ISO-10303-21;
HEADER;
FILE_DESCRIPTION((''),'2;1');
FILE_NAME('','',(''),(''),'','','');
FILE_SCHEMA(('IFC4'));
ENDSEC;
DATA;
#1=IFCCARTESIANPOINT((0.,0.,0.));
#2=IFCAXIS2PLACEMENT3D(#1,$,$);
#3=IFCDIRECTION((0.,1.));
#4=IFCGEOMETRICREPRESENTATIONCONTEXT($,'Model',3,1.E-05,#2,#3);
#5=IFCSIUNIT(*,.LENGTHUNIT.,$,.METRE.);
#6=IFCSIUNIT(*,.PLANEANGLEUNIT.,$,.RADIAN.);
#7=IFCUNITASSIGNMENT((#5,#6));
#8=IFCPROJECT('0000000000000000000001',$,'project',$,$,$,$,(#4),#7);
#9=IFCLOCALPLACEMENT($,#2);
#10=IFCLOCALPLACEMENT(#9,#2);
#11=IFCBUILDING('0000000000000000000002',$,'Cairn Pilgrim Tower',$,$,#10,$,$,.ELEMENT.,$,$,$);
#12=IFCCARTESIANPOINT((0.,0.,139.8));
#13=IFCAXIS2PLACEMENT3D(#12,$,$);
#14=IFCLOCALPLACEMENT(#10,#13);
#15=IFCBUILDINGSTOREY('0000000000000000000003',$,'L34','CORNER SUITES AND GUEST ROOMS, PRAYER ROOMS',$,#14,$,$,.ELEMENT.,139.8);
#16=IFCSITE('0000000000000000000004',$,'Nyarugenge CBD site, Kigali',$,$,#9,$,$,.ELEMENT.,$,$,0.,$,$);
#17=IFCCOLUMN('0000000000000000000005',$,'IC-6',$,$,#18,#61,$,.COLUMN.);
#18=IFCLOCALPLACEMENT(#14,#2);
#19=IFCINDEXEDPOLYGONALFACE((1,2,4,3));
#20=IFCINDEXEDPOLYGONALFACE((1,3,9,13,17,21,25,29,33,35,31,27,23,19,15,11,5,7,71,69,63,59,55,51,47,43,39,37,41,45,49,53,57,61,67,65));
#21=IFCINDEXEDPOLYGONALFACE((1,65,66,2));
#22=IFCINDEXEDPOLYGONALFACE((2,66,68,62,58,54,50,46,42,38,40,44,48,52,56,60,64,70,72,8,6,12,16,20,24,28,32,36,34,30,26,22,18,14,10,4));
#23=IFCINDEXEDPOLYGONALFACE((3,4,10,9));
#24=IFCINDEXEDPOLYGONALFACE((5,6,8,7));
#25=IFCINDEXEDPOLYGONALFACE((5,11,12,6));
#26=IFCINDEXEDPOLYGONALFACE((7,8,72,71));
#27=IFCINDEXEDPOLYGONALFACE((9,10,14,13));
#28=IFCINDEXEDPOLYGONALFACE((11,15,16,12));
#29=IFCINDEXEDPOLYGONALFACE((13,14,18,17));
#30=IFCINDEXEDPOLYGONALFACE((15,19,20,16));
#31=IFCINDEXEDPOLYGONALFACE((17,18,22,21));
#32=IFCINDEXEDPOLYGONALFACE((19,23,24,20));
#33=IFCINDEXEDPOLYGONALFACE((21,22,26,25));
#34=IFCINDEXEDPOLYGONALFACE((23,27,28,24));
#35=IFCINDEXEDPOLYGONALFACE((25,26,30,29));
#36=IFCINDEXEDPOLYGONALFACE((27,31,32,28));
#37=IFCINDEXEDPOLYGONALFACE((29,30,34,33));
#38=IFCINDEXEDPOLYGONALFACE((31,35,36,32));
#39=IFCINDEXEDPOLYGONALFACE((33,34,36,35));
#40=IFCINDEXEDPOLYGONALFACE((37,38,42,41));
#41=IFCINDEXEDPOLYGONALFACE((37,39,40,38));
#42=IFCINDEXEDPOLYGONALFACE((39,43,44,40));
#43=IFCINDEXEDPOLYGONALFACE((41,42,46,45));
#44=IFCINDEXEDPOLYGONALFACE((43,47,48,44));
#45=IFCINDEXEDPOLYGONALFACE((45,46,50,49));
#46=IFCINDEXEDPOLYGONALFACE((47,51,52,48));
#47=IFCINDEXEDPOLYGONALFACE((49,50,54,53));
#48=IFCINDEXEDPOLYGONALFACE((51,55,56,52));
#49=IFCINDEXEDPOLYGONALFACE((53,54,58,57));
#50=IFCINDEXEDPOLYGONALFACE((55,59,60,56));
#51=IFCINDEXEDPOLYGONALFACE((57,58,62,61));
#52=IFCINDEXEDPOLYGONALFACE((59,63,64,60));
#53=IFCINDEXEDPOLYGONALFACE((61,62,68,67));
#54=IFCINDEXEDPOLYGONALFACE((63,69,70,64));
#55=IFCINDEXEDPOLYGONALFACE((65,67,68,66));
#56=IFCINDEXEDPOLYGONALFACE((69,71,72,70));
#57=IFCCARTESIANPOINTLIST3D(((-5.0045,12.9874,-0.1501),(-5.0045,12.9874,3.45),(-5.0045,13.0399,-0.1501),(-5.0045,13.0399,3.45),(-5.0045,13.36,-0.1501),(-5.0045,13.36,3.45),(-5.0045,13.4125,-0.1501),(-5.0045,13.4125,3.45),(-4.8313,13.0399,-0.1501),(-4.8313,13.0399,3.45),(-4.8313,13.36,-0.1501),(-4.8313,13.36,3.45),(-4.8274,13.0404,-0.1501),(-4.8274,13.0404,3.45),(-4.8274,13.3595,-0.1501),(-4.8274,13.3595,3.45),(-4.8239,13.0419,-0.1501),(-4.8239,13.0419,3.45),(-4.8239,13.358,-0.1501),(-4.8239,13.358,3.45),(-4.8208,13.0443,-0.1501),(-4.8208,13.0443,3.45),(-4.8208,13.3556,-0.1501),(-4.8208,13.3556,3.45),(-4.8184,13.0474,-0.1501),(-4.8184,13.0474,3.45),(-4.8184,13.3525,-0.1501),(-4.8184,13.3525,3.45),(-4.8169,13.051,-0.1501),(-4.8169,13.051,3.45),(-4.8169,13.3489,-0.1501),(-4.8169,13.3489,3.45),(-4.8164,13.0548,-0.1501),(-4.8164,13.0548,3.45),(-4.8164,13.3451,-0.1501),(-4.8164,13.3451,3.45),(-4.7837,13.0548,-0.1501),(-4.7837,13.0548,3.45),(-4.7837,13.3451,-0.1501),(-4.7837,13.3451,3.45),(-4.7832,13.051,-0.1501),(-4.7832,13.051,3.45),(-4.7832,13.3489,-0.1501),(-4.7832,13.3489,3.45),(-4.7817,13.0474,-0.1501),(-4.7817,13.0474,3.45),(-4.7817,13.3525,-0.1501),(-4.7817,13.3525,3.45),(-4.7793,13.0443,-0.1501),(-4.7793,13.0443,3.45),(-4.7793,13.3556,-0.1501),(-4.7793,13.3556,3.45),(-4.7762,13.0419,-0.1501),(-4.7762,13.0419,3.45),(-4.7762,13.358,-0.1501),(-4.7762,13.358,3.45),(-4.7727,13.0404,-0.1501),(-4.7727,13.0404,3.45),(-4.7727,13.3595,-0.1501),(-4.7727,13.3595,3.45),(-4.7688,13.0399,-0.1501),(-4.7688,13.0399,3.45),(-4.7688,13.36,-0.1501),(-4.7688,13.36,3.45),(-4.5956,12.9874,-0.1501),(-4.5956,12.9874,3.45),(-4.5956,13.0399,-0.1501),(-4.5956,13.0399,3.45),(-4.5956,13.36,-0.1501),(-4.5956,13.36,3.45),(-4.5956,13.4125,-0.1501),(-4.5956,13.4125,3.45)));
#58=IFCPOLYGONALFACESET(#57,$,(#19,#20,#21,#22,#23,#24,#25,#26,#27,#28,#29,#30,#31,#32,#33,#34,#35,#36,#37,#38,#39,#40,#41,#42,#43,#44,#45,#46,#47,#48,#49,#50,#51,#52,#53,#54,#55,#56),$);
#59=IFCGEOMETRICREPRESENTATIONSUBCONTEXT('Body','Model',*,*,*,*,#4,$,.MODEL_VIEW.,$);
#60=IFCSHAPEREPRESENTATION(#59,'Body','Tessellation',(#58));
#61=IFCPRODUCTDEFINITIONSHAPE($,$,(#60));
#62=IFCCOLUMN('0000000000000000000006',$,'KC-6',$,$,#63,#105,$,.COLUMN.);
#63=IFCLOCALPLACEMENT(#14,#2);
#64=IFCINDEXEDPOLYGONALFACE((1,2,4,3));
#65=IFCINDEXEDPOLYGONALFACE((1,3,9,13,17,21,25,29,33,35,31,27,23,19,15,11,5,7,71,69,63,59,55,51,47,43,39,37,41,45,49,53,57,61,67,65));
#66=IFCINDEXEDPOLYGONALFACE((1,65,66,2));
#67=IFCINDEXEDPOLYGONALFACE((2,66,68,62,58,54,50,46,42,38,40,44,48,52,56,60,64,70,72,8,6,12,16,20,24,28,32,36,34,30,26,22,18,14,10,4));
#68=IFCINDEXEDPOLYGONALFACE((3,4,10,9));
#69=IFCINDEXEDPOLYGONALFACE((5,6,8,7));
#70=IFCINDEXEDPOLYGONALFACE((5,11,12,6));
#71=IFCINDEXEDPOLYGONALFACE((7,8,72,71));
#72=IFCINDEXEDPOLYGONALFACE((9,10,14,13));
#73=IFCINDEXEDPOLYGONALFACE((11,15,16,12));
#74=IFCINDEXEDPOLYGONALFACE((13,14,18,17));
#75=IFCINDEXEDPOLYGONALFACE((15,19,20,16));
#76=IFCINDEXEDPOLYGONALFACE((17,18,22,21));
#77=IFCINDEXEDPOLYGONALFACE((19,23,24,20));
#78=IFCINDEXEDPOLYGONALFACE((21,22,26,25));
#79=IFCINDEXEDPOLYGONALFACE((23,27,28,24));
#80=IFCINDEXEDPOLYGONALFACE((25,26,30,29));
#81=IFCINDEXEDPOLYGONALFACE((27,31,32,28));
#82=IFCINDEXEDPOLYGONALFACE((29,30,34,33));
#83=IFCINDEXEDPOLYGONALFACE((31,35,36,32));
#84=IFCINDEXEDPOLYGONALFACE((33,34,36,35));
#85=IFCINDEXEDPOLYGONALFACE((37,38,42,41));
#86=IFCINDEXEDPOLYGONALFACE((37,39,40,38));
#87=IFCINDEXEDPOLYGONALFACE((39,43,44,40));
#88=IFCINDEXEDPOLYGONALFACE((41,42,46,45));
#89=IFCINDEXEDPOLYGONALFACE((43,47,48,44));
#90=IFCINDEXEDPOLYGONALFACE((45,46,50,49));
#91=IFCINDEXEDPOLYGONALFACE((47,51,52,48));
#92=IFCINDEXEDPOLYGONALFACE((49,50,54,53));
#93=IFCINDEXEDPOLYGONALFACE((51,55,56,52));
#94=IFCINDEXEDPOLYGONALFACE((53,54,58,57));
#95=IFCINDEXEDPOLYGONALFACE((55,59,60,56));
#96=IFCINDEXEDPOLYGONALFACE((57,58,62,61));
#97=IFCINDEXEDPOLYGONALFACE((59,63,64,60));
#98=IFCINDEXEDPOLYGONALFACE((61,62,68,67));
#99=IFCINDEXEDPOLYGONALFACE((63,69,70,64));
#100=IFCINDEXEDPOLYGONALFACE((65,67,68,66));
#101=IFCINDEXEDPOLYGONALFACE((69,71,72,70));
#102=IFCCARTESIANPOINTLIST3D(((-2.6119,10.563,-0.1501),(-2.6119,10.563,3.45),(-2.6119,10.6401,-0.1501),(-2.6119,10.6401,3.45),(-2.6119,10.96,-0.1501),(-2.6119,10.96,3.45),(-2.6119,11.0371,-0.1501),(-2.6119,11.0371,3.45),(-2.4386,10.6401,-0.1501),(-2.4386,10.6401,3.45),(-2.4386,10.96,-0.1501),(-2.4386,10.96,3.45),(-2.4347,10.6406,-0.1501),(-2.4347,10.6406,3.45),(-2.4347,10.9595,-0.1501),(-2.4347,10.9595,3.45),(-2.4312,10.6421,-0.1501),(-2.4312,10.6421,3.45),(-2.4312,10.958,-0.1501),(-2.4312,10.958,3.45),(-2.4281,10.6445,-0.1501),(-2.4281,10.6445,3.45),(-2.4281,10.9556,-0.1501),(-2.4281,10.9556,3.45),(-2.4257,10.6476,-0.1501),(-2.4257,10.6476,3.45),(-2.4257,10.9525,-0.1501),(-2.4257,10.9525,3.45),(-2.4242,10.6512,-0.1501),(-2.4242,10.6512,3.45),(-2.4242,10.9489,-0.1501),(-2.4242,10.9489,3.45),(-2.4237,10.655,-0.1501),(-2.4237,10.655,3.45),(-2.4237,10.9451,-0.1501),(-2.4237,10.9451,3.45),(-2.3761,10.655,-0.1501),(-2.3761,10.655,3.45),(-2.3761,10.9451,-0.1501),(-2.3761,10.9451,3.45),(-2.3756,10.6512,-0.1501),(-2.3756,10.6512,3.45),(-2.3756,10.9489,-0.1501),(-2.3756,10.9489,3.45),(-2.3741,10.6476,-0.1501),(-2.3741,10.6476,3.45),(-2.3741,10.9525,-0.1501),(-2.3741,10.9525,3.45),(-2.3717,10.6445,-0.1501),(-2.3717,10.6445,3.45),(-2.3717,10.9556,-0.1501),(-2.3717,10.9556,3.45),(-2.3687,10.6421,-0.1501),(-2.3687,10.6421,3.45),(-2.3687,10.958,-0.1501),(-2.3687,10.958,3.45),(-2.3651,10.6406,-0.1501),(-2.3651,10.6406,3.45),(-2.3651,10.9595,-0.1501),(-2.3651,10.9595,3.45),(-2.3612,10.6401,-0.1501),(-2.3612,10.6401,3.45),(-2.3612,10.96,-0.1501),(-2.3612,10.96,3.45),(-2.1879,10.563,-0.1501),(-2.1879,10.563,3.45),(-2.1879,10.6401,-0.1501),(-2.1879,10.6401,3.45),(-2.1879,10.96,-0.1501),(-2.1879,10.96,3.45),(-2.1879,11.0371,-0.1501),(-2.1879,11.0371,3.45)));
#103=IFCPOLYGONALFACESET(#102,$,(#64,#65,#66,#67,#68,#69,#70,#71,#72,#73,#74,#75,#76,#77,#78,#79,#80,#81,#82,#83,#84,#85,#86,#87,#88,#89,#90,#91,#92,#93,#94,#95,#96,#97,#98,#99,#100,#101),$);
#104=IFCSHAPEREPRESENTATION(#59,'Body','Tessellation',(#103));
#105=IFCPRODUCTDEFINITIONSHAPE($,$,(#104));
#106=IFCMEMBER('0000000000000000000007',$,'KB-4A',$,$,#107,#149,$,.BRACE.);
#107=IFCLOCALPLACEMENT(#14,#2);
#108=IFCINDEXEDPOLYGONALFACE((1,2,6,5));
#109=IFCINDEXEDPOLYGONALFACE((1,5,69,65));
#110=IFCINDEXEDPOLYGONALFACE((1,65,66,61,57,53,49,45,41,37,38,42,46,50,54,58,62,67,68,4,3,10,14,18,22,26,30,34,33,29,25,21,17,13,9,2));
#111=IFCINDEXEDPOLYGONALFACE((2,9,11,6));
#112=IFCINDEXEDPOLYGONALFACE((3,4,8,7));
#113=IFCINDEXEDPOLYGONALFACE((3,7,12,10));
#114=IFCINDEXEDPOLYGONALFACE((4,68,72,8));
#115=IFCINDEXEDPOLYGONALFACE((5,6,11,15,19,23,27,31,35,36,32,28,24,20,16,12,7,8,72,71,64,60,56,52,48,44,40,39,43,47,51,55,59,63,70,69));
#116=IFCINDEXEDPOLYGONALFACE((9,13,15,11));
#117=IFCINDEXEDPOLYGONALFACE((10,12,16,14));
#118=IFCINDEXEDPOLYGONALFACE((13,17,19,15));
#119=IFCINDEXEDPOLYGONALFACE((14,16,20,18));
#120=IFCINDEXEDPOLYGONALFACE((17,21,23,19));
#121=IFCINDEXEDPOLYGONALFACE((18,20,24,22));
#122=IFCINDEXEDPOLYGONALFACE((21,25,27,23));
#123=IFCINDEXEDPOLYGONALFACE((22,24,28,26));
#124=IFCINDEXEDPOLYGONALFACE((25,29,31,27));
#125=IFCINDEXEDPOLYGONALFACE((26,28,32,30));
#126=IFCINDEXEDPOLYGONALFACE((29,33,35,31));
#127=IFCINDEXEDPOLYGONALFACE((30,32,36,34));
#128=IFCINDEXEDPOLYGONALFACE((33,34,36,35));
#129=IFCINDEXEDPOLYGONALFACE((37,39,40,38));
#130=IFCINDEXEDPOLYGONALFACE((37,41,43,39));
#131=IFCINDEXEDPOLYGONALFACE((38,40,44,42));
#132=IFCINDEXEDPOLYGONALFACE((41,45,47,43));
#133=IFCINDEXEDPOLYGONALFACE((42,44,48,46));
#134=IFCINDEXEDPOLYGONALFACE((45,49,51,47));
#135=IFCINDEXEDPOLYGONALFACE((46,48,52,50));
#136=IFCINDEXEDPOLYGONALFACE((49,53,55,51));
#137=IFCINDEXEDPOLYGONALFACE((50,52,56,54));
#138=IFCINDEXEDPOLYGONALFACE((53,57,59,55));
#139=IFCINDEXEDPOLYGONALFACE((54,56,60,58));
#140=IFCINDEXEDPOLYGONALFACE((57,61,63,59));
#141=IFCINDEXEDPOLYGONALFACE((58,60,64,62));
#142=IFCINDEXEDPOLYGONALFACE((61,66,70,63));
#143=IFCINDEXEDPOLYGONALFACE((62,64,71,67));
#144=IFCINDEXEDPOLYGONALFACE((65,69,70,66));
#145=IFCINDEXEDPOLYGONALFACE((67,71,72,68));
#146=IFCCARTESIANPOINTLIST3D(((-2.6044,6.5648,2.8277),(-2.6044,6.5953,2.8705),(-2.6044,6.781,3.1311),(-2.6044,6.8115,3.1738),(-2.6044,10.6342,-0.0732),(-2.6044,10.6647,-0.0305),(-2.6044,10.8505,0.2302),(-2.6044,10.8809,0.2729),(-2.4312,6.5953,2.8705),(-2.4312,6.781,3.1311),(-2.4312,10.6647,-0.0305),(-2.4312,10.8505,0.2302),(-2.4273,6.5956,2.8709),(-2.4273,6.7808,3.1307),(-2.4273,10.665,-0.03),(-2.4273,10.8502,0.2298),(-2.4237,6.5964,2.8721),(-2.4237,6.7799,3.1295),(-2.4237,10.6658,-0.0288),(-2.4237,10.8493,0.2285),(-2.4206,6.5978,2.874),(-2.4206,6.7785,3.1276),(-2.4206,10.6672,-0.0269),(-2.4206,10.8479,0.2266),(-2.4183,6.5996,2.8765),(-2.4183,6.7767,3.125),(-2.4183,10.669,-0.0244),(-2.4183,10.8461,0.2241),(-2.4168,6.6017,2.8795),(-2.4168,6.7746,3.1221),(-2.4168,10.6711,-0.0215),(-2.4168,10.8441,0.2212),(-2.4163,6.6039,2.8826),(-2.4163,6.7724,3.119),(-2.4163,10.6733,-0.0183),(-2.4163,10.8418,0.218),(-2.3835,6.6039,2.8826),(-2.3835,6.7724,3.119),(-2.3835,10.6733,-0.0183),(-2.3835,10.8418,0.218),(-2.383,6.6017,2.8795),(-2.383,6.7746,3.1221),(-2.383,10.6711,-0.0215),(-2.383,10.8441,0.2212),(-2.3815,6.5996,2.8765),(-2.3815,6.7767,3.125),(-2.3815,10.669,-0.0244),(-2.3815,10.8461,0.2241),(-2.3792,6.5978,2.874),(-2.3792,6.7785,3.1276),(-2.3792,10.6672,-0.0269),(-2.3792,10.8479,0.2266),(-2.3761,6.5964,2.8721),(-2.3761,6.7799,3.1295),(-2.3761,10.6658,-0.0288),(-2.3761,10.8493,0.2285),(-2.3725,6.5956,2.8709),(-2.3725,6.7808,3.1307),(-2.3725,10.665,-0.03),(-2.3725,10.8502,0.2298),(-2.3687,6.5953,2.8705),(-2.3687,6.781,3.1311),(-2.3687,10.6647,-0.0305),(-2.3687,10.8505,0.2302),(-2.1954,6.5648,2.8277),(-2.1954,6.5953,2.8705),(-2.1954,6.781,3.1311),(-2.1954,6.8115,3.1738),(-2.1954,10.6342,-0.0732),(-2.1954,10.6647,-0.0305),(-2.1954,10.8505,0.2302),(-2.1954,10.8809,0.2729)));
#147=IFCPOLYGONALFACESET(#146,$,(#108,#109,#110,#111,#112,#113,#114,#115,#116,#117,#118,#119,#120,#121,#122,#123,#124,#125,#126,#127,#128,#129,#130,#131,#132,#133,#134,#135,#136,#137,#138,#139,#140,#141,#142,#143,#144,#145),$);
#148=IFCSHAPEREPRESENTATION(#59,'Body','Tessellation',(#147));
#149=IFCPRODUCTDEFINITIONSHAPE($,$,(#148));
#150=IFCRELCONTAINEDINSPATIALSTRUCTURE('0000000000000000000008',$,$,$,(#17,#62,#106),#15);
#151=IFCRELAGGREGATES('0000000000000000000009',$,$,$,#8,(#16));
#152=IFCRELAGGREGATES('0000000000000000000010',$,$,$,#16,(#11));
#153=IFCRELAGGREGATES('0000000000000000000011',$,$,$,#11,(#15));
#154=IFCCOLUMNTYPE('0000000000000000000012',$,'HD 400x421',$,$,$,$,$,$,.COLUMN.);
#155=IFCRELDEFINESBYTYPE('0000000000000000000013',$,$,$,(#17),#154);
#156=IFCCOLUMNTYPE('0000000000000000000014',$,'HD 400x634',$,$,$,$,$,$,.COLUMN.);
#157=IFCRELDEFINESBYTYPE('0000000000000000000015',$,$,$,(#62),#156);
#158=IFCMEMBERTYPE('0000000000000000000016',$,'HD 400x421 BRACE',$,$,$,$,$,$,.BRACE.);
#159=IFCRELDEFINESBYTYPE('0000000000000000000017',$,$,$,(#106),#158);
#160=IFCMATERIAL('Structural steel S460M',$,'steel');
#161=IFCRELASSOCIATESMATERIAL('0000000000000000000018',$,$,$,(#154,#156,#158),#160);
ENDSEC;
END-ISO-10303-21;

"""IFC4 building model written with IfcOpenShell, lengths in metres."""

from ifc_helpers import new_model, si_unit, direction, frame, origin, origin_2d, place, context, subcontext, project, spatial, i_section, extrude, material, material_profile, profile_set, type_object, element, save


model = new_model("IFC4")

# Units and contexts
model_context = context("Model", 3, precision=1e-05, world=origin(), true_north=direction((0.0, 1.0)))
body_context = subcontext(model_context, "Body", "Model", "MODEL_VIEW")
ifc_project = project(units=[si_unit("LENGTHUNIT", "METRE"), si_unit("PLANEANGLEUNIT", "RADIAN")], contexts=[model_context])

# Site, building, storey
site_placement = place(None, origin())
site = spatial("IfcSite", under=ifc_project, at=site_placement, Name="Nyarugenge CBD site, Kigali", CompositionType="ELEMENT", RefElevation=0.0)
building_placement = place(site_placement, origin())
building = spatial("IfcBuilding", under=site, at=building_placement, Name="Cairn Pilgrim Tower", CompositionType="ELEMENT")
storey_placement = place(building_placement, frame((0.0, 0.0, 139.8)))
storey = spatial("IfcBuildingStorey", under=building, at=storey_placement, Name="L34", Description="CORNER SUITES AND GUEST ROOMS, PRAYER ROOMS", CompositionType="ELEMENT", Elevation=139.8)

# Columns
ifc_material_1 = material(Name="Structural steel S460M", Category="steel")
ifc_material_profile_1 = material_profile(ifc_material_1, i_section(OverallWidth=0.4089, OverallDepth=0.425, WebThickness=0.0327, FlangeThickness=0.0525, FilletRadius=0.0149, at=origin_2d()), Name="HD 400x421")
ifc_profile_set_1 = profile_set([ifc_material_profile_1], Name="Structural steel S460M")
column_type_1 = type_object("IfcColumnType", Name="HD 400x421", PredefinedType="COLUMN", material=ifc_profile_set_1)
column_1_placement = place(storey_placement, frame((-4.8, 13.2, -0.1501), z_axis=(0.0, 0.0, 1.0), x_axis=(1.0, 0.0, 0.0)))
element("IfcColumn", 1, at=column_1_placement, inside=storey, type_object=column_type_1, Name="IC-6", PredefinedType="COLUMN", context=body_context, shape_type="SweptSolid", body=[
    extrude(i_section(OverallWidth=0.4089, OverallDepth=0.425, WebThickness=0.0327, FlangeThickness=0.0525, FilletRadius=0.0149, at=origin_2d()), origin(), (0.0, 0.0, 1.0), 3.6001),
])
ifc_material_profile_2 = material_profile(ifc_material_1, i_section(OverallWidth=0.4241, OverallDepth=0.4741, WebThickness=0.0476, FlangeThickness=0.0771, FilletRadius=0.0149, at=origin_2d()), Name="HD 400x634")
ifc_profile_set_2 = profile_set([ifc_material_profile_2], Name="Structural steel S460M")
column_type_2 = type_object("IfcColumnType", Name="HD 400x634", PredefinedType="COLUMN", material=ifc_profile_set_2)
column_2_placement = place(storey_placement, frame((-2.3999, 10.8, -0.1501), z_axis=(0.0, 0.0, 1.0), x_axis=(1.0, 0.0, 0.0)))
element("IfcColumn", 2, at=column_2_placement, inside=storey, type_object=column_type_2, Name="KC-6", PredefinedType="COLUMN", context=body_context, shape_type="SweptSolid", body=[
    extrude(i_section(OverallWidth=0.4241, OverallDepth=0.4741, WebThickness=0.0476, FlangeThickness=0.0771, FilletRadius=0.0149, at=origin_2d()), origin(), (0.0, 0.0, 1.0), 3.6001),
])

# Member
ifc_material_profile_3 = material_profile(ifc_material_1, i_section(OverallWidth=0.4089, OverallDepth=0.425, WebThickness=0.0327, FlangeThickness=0.0525, FilletRadius=0.0149, at=origin_2d()), Name="HD 400x421")
ifc_profile_set_3 = profile_set([ifc_material_profile_3], Name="Structural steel S460M")
member_type = type_object("IfcMemberType", Name="HD 400x421 BRACE", PredefinedType="BRACE", material=ifc_profile_set_3)
member_placement = place(storey_placement, frame((-2.3999, 10.7576, 0.0999), z_axis=(0.0, -0.814281, 0.580471), x_axis=(1.0, 0.0, 0.0)))
element("IfcMember", 3, at=member_placement, inside=storey, type_object=member_type, Name="KB-4A", PredefinedType="BRACE", context=body_context, shape_type="SweptSolid", body=[
    extrude(i_section(OverallWidth=0.4089, OverallDepth=0.425, WebThickness=0.0327, FlangeThickness=0.0525, FilletRadius=0.0149, at=origin_2d()), origin(), (0.0, 0.0, 1.0), 4.9976),
])

save(model, "model.ifc")
